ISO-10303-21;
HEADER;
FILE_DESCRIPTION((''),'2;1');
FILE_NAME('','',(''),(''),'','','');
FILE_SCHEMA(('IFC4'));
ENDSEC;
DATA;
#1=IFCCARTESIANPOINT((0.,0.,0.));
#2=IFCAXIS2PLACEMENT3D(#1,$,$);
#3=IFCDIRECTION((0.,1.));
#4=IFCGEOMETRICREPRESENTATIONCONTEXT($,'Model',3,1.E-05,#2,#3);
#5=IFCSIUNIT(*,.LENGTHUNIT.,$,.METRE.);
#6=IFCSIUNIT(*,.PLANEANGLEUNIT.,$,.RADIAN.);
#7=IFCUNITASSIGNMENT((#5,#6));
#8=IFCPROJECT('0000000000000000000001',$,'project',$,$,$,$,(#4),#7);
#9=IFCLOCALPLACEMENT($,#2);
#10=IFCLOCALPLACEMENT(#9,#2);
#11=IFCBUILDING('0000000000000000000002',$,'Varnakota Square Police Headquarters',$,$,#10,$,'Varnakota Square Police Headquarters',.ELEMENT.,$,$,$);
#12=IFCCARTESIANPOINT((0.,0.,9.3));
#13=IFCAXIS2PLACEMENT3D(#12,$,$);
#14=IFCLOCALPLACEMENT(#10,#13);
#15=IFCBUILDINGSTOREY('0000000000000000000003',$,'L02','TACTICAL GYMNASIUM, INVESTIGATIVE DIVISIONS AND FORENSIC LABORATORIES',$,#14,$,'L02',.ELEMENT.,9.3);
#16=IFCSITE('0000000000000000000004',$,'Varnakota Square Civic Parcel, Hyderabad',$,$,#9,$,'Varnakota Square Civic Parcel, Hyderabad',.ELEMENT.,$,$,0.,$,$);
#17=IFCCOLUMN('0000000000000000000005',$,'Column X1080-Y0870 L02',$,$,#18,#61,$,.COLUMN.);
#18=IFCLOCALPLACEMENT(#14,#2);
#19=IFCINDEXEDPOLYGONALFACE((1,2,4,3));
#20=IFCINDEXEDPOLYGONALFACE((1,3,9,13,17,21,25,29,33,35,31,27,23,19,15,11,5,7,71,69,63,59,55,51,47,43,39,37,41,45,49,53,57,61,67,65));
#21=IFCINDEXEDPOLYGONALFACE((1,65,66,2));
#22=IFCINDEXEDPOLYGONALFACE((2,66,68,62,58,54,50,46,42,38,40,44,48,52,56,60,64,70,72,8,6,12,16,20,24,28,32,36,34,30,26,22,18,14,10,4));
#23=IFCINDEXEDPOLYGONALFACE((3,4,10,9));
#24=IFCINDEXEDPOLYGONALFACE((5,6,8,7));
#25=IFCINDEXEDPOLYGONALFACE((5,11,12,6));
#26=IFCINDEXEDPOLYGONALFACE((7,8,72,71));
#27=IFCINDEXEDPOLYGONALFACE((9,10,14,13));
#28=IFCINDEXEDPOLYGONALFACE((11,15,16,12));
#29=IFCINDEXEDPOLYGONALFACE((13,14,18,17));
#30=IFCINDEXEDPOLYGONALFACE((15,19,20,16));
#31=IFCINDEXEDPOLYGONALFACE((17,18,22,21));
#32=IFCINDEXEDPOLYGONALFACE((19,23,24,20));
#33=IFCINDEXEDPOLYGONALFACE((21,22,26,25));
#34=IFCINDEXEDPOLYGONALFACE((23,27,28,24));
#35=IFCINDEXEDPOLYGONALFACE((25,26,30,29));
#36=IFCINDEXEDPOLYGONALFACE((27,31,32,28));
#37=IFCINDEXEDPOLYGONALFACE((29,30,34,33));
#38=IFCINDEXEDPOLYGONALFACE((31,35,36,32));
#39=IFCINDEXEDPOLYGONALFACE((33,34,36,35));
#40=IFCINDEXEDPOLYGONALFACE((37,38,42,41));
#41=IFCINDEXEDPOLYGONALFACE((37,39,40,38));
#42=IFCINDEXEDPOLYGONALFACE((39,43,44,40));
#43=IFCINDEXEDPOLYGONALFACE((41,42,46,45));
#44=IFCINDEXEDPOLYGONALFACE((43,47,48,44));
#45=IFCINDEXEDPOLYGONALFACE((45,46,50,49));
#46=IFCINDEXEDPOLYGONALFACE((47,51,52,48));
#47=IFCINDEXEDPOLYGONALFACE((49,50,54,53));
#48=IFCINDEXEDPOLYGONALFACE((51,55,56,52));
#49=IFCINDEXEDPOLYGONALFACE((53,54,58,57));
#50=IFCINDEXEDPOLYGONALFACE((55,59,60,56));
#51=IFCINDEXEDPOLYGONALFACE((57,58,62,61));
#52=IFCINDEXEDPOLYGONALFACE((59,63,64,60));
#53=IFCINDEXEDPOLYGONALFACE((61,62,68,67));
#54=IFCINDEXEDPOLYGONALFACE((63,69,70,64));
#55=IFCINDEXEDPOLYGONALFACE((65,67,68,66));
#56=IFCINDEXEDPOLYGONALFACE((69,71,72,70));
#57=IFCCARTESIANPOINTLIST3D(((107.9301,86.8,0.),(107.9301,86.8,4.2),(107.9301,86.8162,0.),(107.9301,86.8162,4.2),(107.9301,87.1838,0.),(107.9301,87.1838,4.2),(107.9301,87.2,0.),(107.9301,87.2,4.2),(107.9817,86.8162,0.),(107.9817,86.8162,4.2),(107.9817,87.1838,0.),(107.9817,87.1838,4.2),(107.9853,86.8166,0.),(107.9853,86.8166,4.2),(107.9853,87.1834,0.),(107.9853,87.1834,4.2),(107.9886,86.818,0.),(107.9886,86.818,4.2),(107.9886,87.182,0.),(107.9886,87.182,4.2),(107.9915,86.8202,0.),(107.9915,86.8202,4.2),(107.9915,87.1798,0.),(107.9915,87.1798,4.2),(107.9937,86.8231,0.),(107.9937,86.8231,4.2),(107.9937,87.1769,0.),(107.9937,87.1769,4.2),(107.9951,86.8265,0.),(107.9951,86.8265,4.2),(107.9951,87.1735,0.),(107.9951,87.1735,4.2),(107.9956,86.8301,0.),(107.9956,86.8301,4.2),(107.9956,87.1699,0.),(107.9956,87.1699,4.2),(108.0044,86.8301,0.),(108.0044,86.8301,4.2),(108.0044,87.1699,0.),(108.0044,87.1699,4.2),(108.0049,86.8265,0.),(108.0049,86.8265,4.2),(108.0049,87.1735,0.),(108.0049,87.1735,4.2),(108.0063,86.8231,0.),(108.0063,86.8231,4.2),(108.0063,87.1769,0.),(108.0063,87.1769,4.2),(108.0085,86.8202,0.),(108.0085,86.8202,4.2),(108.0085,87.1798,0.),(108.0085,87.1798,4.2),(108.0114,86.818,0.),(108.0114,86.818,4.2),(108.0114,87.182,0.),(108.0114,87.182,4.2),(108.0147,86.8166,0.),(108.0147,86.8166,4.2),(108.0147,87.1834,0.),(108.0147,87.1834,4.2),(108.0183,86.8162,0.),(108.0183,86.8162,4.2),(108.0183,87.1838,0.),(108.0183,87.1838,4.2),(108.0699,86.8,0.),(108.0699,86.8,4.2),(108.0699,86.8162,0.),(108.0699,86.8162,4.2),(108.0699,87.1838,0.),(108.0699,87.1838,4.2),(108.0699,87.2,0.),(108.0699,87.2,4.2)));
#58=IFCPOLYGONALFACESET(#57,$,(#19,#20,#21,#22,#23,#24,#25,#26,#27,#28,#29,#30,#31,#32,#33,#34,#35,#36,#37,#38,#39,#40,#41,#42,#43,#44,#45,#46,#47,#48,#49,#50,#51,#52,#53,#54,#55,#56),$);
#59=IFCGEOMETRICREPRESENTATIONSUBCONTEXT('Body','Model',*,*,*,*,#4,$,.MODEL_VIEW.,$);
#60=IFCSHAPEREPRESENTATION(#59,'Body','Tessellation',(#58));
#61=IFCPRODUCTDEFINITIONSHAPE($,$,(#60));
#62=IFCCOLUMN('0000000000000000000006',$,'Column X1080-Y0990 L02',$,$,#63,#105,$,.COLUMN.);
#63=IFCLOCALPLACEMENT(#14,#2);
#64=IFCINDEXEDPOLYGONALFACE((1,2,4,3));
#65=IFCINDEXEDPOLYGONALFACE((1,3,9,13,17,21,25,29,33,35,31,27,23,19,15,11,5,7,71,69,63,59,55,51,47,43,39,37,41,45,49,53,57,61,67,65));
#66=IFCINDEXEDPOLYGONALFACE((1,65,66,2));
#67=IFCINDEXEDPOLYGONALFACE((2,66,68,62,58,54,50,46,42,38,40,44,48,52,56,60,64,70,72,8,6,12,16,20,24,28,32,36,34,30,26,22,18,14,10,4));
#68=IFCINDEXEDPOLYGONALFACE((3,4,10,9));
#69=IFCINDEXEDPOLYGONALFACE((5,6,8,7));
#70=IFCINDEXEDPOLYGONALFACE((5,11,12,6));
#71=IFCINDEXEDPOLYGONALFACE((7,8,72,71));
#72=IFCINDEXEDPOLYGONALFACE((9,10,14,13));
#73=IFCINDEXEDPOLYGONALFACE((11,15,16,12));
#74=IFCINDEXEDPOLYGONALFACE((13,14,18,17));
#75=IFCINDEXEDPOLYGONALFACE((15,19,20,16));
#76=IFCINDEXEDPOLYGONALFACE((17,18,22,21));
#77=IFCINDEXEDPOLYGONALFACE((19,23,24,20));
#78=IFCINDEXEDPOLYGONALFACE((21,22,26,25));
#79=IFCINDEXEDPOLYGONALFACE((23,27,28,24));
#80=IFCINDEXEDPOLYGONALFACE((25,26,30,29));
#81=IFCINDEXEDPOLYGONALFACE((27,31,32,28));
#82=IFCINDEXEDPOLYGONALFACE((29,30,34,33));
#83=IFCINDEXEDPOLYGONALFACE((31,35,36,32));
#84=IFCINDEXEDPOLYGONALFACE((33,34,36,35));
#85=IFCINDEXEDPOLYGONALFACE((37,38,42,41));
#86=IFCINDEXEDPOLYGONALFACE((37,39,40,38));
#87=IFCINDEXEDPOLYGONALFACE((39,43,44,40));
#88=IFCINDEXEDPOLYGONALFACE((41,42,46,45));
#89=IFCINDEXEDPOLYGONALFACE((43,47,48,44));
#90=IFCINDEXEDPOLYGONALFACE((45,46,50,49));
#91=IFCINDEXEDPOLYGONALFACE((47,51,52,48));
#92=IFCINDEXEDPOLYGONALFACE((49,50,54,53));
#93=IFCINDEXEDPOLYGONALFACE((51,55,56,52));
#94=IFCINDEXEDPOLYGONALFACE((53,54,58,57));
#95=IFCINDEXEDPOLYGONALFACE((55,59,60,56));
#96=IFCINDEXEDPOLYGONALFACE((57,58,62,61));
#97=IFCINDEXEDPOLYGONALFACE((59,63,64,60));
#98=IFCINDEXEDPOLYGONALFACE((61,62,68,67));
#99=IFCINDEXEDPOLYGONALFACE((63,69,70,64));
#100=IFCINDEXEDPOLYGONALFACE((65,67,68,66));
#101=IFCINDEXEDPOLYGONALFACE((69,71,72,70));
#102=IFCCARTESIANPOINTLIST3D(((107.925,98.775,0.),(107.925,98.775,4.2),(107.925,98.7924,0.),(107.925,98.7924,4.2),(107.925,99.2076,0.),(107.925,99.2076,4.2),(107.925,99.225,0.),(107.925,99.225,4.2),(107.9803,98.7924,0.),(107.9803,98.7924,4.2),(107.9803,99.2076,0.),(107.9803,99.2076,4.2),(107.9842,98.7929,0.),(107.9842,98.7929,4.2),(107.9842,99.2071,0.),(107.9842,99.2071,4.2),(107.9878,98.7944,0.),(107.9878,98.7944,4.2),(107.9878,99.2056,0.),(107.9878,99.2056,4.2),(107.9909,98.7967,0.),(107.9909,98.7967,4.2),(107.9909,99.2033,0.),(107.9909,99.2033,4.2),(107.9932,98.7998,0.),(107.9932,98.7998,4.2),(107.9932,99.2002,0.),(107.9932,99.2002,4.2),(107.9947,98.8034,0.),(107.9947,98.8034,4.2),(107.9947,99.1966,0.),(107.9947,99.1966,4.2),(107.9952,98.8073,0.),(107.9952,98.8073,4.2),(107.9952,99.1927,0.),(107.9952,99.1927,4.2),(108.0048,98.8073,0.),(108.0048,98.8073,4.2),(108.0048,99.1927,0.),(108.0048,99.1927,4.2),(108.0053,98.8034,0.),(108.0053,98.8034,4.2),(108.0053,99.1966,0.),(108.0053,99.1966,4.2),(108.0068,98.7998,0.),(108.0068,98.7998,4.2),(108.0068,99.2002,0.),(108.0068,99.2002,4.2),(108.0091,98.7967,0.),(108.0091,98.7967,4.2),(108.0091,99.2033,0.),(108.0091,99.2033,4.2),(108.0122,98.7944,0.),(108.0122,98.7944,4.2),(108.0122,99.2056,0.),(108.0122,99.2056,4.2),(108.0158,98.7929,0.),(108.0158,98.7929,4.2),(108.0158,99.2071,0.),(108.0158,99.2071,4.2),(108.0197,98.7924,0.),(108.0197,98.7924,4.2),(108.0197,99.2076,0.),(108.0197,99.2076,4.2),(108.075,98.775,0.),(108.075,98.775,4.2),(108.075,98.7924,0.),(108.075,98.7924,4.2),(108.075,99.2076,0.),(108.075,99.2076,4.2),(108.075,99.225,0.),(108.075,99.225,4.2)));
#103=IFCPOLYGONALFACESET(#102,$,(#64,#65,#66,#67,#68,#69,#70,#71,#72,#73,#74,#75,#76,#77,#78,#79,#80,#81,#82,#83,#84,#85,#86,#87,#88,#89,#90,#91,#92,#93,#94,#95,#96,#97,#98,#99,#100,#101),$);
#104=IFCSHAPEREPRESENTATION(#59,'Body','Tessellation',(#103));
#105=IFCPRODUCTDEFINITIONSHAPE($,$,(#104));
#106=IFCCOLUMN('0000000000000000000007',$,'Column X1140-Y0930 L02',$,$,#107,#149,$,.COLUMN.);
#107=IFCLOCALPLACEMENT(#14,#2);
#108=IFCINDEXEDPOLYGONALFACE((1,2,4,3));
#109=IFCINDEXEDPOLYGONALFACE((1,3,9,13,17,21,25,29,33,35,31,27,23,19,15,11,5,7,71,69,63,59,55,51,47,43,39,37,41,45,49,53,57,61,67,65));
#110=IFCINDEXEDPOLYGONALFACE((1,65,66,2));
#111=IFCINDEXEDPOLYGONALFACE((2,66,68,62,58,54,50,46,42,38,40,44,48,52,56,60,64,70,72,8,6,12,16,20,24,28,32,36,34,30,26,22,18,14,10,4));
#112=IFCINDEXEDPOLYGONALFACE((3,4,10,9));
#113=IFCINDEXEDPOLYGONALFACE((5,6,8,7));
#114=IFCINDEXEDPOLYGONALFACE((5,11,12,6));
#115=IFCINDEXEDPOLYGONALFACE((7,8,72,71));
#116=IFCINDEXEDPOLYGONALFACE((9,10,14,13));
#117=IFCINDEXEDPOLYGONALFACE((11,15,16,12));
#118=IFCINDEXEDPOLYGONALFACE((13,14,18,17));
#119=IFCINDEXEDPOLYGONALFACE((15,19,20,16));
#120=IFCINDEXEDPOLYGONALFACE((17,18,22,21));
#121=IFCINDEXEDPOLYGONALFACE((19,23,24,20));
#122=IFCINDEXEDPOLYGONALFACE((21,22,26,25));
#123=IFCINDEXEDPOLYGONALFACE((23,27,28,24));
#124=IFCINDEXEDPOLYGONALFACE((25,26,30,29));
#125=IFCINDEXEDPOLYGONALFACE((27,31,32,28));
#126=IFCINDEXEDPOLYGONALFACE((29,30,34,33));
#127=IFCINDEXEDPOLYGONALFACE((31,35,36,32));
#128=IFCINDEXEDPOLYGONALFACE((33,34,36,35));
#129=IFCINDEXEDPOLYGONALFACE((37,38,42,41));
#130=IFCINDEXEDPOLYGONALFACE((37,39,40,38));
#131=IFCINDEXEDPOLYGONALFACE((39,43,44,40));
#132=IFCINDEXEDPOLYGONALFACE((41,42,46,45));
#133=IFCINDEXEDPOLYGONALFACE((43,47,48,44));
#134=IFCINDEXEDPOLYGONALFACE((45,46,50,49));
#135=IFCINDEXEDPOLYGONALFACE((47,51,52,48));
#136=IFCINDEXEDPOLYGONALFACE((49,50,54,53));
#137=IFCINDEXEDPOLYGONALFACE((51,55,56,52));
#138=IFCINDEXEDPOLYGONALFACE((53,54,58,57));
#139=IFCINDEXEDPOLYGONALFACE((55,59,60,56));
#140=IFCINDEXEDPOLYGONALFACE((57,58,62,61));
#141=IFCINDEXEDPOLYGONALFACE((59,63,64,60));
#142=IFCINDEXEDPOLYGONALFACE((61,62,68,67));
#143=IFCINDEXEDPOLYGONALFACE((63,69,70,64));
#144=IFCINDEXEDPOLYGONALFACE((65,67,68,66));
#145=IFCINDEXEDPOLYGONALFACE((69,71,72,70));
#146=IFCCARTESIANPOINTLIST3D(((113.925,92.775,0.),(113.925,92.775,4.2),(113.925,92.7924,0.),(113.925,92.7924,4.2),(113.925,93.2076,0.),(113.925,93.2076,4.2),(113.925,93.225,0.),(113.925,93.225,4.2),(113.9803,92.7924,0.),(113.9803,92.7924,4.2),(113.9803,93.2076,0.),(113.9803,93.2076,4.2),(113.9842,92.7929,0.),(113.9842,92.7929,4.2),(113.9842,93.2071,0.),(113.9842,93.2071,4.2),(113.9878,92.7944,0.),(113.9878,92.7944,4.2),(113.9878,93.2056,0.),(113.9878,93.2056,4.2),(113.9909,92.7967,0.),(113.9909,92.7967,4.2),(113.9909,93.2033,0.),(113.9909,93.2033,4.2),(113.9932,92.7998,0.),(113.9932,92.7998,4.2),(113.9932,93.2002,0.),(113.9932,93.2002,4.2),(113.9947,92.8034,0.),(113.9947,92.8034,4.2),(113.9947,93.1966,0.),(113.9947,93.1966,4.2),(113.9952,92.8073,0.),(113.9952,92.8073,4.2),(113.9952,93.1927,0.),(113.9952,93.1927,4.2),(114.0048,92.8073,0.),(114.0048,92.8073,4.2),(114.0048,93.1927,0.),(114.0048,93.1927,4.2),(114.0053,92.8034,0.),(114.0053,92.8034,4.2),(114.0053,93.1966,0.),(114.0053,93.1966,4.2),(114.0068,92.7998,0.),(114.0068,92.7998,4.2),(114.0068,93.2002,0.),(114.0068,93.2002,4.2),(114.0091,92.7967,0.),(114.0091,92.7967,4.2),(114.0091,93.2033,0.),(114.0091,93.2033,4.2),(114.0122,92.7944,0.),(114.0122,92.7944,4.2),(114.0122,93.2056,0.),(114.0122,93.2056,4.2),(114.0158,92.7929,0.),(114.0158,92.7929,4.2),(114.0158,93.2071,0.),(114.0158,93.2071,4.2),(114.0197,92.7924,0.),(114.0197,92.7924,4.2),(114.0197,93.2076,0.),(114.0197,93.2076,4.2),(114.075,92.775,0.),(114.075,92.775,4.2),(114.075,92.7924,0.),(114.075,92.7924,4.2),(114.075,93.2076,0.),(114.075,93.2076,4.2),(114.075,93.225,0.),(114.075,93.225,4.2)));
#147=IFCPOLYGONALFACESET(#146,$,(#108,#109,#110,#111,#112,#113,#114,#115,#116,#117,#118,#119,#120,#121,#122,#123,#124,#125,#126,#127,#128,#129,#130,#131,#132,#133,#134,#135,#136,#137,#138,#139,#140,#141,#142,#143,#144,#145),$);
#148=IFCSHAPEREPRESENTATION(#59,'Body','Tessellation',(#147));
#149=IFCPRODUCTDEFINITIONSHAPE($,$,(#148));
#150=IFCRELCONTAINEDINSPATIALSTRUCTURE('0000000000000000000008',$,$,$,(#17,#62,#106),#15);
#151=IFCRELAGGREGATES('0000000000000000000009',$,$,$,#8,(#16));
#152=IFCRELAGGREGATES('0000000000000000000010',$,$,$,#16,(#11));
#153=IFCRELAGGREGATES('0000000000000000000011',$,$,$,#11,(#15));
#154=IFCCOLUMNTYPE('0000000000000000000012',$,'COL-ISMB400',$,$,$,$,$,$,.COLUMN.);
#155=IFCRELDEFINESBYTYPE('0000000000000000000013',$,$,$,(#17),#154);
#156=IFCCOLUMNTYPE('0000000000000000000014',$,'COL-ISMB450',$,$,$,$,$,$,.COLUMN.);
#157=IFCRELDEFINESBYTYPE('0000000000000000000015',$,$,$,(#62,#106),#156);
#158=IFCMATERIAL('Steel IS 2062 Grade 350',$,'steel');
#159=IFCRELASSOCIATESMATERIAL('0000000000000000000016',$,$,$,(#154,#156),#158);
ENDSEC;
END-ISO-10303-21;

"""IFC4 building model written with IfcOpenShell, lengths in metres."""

from ifc_helpers import new_model, si_unit, direction, frame, origin, origin_2d, place, context, subcontext, project, spatial, i_section, extrude, material, material_profile, profile_set, type_object, element, save


model = new_model("IFC4")

# Units and contexts
model_context = context("Model", 3, precision=1e-05, world=origin(), true_north=direction((0.0, 1.0)))
body_context = subcontext(model_context, "Body", "Model", "MODEL_VIEW")
ifc_project = project(units=[si_unit("LENGTHUNIT", "METRE"), si_unit("PLANEANGLEUNIT", "RADIAN")], contexts=[model_context])

# Site, building, storey
site_placement = place(None, origin())
site = spatial("IfcSite", under=ifc_project, at=site_placement, Name="Varnakota Square Civic Parcel, Hyderabad", LongName="Varnakota Square Civic Parcel, Hyderabad", CompositionType="ELEMENT", RefElevation=0.0)
building_placement = place(site_placement, origin())
building = spatial("IfcBuilding", under=site, at=building_placement, Name="Varnakota Square Police Headquarters", LongName="Varnakota Square Police Headquarters", CompositionType="ELEMENT")
storey_placement = place(building_placement, frame((0.0, 0.0, 9.3)))
storey = spatial("IfcBuildingStorey", under=building, at=storey_placement, Name="L02", Description="TACTICAL GYMNASIUM, INVESTIGATIVE DIVISIONS AND FORENSIC LABORATORIES", LongName="L02", CompositionType="ELEMENT", Elevation=9.3)

# Columns
ifc_material_1 = material(Name="Steel IS 2062 Grade 350", Category="steel")
ifc_material_profile_1 = material_profile(ifc_material_1, i_section(OverallWidth=0.1399, OverallDepth=0.3999, WebThickness=0.0088, FlangeThickness=0.0161, FilletRadius=0.0139, at=origin_2d()), Name="ISMB 400")
ifc_profile_set_1 = profile_set([ifc_material_profile_1], Name="Steel IS 2062 Grade 350")
column_type_1 = type_object("IfcColumnType", Name="COL-ISMB400", PredefinedType="COLUMN", material=ifc_profile_set_1)
column_placement = place(storey_placement, frame((108.0, 87.0, 0.0), z_axis=(0.0, 0.0, 1.0), x_axis=(1.0, 0.0, 0.0)))
element("IfcColumn", 1, at=column_placement, inside=storey, type_object=column_type_1, Name="Column X1080-Y0870 L02", PredefinedType="COLUMN", context=body_context, shape_type="SweptSolid", body=[
    extrude(i_section(OverallWidth=0.1399, OverallDepth=0.3999, WebThickness=0.0088, FlangeThickness=0.0161, FilletRadius=0.0139, at=origin_2d()), origin(), (0.0, 0.0, 1.0), 4.2),
])
ifc_material_profile_2 = material_profile(ifc_material_1, i_section(OverallWidth=0.1499, OverallDepth=0.45, WebThickness=0.0095, FlangeThickness=0.0173, FilletRadius=0.0149, at=origin_2d()), Name="ISMB 450")
ifc_profile_set_2 = profile_set([ifc_material_profile_2], Name="Steel IS 2062 Grade 350")
column_type_2 = type_object("IfcColumnType", Name="COL-ISMB450", PredefinedType="COLUMN", material=ifc_profile_set_2)
for number, where, z_axis, x_axis, name in (
    (2, (108.0, 99.0, 0.0), (0.0, 0.0, 1.0), (1.0, 0.0, 0.0), "Column X1080-Y0990 L02"),
    (3, (114.0, 93.0, 0.0), (0.0, 0.0, 1.0), (1.0, 0.0, 0.0), "Column X1140-Y0930 L02"),
):
    element("IfcColumn", number, at=place(storey_placement, frame(where, z_axis=z_axis, x_axis=x_axis)), inside=storey, type_object=column_type_2, Name=name, PredefinedType="COLUMN", context=body_context, shape_type="SweptSolid", body=[
        extrude(i_section(OverallWidth=0.1499, OverallDepth=0.45, WebThickness=0.0095, FlangeThickness=0.0173, FilletRadius=0.0149, at=origin_2d()), origin(), (0.0, 0.0, 1.0), 4.2),
    ])

save(model, "model.ifc")
